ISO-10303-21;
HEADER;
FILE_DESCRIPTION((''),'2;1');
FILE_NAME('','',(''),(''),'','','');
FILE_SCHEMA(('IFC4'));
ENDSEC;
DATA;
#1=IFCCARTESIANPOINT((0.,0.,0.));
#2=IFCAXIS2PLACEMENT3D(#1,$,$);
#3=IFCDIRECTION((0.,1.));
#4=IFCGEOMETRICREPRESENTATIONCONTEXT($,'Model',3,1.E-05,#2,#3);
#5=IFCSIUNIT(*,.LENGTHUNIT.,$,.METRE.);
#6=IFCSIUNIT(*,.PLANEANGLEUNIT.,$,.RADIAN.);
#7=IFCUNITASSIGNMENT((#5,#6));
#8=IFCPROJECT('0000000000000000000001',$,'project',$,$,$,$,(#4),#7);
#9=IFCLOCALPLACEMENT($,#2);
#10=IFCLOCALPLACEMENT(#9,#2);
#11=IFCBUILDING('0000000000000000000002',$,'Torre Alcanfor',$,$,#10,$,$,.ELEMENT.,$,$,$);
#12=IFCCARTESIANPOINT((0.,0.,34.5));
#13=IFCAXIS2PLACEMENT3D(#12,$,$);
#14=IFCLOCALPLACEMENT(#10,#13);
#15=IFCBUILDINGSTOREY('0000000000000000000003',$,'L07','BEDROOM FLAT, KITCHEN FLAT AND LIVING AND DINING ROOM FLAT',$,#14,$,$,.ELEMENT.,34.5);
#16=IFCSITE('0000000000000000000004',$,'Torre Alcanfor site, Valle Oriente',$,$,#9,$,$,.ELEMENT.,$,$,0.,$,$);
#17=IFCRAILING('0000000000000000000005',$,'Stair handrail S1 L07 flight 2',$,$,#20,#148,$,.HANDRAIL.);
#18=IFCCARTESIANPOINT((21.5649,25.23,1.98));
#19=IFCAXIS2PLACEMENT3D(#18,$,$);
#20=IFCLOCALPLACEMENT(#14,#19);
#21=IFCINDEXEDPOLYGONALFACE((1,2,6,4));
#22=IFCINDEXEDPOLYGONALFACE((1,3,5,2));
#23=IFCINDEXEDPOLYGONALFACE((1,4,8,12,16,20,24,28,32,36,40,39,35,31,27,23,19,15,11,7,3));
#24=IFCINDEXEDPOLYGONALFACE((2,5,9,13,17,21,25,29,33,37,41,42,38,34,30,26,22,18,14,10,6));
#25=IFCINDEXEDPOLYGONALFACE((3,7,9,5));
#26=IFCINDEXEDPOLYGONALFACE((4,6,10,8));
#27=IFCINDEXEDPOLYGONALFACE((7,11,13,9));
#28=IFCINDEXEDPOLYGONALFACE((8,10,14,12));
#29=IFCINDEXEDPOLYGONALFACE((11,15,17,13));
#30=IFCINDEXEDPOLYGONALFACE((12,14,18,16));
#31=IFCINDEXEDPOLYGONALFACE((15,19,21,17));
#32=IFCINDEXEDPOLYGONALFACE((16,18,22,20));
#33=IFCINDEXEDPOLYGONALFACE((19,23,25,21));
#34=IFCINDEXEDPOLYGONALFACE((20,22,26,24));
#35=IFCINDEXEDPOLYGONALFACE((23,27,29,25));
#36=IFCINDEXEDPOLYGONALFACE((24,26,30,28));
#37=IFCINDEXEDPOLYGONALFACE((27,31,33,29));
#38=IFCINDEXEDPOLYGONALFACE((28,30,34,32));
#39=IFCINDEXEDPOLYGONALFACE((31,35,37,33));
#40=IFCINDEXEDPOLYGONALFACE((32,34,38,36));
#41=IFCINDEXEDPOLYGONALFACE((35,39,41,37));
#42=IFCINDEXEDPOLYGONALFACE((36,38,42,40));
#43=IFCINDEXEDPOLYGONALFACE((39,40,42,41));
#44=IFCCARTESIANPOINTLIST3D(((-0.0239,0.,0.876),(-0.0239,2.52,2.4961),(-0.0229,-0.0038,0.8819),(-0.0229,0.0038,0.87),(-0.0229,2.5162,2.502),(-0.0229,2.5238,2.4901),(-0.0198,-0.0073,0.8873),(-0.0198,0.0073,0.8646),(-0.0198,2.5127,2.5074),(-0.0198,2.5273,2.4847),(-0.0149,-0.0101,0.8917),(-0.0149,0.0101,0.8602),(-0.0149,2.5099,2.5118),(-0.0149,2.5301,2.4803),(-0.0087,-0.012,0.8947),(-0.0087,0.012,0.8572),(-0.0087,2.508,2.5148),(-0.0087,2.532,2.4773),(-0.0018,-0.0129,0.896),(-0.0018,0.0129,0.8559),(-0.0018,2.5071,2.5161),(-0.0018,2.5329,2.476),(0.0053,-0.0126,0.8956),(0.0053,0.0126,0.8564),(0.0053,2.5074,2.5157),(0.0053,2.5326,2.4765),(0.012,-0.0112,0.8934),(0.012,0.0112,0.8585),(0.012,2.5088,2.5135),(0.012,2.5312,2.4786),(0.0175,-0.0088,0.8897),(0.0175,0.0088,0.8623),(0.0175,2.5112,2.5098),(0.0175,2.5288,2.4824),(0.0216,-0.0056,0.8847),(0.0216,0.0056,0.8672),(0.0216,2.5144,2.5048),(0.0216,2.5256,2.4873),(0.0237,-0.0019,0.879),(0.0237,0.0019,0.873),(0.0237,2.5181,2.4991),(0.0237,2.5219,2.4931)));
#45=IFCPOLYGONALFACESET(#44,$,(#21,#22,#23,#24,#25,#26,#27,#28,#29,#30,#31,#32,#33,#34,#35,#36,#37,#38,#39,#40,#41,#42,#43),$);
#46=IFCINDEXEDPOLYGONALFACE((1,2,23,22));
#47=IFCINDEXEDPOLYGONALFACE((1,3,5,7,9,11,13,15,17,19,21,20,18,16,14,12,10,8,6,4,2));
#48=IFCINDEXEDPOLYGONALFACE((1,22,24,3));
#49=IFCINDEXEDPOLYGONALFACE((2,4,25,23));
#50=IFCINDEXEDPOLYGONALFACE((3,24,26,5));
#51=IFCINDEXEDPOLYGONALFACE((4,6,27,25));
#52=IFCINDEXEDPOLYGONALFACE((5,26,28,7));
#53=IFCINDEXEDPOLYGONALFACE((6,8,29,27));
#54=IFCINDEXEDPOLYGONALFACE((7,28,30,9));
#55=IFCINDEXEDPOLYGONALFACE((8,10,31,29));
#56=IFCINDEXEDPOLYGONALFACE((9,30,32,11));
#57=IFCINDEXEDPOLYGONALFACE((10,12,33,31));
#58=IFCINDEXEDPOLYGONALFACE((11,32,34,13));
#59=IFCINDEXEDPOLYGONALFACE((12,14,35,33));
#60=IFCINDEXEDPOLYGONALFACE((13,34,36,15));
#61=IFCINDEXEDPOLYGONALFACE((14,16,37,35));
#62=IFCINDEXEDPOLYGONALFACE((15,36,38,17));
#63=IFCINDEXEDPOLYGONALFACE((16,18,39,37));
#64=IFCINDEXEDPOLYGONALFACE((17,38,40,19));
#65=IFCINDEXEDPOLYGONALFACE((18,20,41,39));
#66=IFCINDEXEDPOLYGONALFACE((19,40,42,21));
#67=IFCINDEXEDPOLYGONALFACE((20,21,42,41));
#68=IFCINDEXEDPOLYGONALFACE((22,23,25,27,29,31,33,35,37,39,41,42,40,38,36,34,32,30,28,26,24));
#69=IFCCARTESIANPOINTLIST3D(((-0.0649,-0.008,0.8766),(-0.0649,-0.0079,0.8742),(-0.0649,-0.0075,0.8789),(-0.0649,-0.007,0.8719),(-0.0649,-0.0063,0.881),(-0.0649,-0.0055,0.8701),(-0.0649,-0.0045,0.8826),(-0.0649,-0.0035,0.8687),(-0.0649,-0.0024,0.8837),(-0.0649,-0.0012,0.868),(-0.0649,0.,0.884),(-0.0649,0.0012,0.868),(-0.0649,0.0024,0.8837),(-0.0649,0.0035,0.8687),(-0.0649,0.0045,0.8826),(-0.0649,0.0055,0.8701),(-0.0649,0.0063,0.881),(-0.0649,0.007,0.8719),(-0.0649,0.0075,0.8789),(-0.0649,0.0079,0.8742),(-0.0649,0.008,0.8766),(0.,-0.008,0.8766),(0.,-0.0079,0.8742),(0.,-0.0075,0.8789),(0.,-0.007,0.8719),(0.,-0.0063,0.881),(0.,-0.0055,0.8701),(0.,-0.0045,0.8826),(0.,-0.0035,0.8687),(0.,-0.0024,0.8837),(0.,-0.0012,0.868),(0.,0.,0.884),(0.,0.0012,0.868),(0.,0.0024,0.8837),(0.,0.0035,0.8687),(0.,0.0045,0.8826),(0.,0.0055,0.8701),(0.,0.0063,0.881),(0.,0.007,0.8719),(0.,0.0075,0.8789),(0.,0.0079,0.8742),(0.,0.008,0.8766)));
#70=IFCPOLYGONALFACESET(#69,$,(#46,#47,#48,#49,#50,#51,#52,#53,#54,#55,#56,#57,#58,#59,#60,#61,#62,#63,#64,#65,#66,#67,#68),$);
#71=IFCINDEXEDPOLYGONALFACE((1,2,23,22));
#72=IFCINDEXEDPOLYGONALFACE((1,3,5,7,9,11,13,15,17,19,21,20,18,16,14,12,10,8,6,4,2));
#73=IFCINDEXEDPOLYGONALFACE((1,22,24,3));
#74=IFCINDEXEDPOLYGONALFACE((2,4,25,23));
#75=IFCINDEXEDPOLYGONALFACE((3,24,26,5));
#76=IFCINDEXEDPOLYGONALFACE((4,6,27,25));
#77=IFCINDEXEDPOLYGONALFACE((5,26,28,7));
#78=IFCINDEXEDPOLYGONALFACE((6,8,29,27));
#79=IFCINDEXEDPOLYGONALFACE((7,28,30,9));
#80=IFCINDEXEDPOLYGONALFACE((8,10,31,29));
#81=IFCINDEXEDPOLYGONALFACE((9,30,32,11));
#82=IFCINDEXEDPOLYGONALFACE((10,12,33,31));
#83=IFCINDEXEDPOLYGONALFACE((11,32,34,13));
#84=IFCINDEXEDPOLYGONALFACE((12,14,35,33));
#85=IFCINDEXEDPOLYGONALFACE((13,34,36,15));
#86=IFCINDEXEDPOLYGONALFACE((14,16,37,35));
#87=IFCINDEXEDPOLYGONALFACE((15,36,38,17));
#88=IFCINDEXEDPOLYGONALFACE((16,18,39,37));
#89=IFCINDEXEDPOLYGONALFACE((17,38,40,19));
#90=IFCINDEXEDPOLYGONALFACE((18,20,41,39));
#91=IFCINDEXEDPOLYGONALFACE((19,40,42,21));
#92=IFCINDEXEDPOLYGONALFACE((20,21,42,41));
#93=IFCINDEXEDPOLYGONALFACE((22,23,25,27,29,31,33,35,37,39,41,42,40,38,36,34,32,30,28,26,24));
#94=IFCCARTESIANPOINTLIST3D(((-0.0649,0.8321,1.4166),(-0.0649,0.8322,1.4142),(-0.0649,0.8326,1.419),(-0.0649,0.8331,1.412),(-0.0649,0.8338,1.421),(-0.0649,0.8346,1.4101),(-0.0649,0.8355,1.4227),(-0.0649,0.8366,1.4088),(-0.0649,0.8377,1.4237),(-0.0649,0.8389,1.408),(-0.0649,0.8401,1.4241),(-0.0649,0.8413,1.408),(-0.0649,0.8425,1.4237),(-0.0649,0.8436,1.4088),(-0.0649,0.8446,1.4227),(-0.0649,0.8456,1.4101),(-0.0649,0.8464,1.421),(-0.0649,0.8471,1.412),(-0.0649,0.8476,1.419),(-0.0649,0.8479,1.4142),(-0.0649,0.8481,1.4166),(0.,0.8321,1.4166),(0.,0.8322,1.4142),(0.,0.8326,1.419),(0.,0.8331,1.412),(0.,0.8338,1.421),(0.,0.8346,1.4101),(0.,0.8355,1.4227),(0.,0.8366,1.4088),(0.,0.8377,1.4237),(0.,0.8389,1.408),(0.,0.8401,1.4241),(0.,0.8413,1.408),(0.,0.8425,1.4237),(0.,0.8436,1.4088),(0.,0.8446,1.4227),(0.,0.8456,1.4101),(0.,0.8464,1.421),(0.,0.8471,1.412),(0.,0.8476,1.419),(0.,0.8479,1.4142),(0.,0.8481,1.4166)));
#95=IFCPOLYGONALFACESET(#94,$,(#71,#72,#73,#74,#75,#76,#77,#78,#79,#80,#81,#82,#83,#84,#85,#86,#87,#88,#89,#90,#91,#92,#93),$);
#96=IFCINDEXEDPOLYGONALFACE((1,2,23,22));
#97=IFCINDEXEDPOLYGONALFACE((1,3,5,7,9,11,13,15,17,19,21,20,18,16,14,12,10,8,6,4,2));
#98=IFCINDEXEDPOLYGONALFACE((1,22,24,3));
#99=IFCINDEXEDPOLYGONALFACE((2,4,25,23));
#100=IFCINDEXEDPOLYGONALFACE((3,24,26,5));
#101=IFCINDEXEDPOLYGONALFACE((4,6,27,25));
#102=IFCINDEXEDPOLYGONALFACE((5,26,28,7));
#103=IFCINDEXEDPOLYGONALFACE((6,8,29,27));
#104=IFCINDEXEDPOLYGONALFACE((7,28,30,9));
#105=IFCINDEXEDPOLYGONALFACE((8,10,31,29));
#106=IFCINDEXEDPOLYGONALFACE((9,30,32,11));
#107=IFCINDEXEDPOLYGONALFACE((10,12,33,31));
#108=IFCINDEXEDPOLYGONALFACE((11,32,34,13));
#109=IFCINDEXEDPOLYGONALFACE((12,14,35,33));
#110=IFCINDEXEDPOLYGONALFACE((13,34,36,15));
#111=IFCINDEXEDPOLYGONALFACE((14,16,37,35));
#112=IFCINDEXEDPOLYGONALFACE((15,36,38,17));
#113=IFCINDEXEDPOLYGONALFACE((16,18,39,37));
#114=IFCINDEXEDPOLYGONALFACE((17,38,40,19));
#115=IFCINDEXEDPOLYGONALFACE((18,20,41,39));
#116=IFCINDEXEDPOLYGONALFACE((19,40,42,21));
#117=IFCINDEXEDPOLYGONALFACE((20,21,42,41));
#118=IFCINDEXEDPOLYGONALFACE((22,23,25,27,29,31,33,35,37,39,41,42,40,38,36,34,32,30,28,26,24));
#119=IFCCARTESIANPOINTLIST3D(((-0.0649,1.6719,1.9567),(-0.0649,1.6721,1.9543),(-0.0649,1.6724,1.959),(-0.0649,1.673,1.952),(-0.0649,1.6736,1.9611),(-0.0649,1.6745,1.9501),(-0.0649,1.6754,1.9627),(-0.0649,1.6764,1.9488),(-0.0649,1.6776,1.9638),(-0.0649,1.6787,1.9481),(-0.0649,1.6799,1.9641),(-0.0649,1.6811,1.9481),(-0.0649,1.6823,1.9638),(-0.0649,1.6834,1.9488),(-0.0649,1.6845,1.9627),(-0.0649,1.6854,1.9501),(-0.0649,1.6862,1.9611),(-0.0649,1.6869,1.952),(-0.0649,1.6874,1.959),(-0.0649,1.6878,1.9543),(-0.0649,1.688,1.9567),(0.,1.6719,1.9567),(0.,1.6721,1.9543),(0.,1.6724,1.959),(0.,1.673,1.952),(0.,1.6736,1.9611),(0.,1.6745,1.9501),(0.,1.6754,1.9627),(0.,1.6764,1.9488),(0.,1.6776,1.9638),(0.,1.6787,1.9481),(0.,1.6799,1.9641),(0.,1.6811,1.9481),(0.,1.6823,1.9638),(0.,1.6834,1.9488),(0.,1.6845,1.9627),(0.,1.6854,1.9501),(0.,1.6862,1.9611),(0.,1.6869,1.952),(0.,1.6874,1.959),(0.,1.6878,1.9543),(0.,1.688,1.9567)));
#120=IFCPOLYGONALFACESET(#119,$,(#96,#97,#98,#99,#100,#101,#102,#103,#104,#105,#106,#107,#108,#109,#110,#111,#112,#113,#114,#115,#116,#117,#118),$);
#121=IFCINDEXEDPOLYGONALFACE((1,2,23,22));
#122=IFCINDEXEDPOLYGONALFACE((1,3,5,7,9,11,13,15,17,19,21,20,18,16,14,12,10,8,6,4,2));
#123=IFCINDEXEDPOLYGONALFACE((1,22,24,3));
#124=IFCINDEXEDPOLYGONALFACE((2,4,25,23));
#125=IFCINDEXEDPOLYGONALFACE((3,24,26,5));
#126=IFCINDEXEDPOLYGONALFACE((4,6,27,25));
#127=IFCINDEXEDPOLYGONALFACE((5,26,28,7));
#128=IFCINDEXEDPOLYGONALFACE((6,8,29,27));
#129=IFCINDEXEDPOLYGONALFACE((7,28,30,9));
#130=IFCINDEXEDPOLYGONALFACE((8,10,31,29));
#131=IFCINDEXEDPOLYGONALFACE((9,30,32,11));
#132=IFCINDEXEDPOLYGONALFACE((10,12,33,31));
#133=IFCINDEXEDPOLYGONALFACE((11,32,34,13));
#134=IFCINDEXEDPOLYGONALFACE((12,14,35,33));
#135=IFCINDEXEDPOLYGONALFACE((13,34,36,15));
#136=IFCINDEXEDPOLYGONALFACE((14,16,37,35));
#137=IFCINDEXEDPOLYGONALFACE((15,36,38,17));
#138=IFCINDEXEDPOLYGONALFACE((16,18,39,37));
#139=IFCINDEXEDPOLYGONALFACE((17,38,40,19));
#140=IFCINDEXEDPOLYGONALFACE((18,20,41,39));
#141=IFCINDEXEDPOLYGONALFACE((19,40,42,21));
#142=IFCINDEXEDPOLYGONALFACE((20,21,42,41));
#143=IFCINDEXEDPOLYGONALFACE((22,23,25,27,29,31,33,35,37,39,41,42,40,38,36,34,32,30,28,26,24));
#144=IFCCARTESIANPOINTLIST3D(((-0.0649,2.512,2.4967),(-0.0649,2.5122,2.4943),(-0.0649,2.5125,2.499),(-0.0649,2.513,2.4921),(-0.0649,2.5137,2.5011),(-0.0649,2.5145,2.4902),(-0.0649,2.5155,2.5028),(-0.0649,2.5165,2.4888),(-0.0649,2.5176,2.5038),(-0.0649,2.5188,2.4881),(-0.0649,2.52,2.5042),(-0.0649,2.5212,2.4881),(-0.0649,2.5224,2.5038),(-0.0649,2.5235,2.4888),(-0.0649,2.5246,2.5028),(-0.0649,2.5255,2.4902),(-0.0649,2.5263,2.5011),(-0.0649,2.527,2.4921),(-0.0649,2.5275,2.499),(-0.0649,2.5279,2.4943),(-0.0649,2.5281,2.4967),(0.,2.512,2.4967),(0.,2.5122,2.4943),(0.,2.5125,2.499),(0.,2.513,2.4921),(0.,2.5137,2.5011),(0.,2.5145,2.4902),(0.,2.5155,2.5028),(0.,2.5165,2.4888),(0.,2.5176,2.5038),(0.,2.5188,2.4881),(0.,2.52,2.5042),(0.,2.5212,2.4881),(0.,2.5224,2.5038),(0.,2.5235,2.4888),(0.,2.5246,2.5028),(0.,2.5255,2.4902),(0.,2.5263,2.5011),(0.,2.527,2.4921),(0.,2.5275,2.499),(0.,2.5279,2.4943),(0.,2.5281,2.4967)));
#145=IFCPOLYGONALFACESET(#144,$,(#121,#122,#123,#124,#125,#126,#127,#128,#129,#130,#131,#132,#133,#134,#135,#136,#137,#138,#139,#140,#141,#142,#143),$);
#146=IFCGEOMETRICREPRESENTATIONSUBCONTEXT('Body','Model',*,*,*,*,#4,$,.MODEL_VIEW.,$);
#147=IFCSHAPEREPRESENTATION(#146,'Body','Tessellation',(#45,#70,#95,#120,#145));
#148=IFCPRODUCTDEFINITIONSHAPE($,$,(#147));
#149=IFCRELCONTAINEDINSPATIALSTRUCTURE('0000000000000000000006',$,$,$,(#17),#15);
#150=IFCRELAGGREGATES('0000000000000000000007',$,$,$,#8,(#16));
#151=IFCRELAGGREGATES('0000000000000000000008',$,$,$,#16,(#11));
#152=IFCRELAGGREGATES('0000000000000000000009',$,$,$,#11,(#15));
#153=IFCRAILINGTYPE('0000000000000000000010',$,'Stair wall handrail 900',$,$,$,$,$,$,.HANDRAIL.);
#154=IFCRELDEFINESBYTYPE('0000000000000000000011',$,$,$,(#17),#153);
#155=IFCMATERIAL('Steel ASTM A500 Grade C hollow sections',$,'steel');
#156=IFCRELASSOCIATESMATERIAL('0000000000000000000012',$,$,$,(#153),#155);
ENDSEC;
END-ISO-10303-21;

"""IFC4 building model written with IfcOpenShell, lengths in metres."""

from ifc_helpers import new_model, si_unit, direction, frame, origin, origin_2d, place, context, subcontext, project, spatial, circle, extrude, material, type_object, element, save


model = new_model("IFC4")

# Units and contexts
model_context = context("Model", 3, precision=1e-05, world=origin(), true_north=direction((0.0, 1.0)))
body_context = subcontext(model_context, "Body", "Model", "MODEL_VIEW")
ifc_project = project(units=[si_unit("LENGTHUNIT", "METRE"), si_unit("PLANEANGLEUNIT", "RADIAN")], contexts=[model_context])

# Site, building, storey
site_placement = place(None, origin())
site = spatial("IfcSite", under=ifc_project, at=site_placement, Name="Torre Alcanfor site, Valle Oriente", CompositionType="ELEMENT", RefElevation=0.0)
building_placement = place(site_placement, origin())
building = spatial("IfcBuilding", under=site, at=building_placement, Name="Torre Alcanfor", CompositionType="ELEMENT")
storey_placement = place(building_placement, frame((0.0, 0.0, 34.5)))
storey = spatial("IfcBuildingStorey", under=building, at=storey_placement, Name="L07", Description="BEDROOM FLAT, KITCHEN FLAT AND LIVING AND DINING ROOM FLAT", CompositionType="ELEMENT", Elevation=34.5)

# Railing
ifc_material_1 = material(Name="Steel ASTM A500 Grade C hollow sections", Category="steel")
railing_type_1 = type_object("IfcRailingType", Name="Stair wall handrail 900", PredefinedType="HANDRAIL", material=ifc_material_1)
railing_1_placement = place(storey_placement, frame((21.5649, 25.23, 1.98)))
element("IfcRailing", 1, at=railing_1_placement, inside=storey, type_object=railing_type_1, Name="Stair handrail S1 L07 flight 2", PredefinedType="HANDRAIL", context=body_context, shape_type="SweptSolid", body=[
    extrude(circle(Radius=0.0239, at=origin_2d()), frame((0.0, 0.0, 0.876), z_axis=(0.0, 0.841163, 0.540782), x_axis=(-1.0, 0.0, 0.0)), (0.0, 0.0, 1.0), 2.9958),
    extrude(circle(Radius=0.0081, at=origin_2d()), frame((0.0, 0.0, 0.876), z_axis=(-1.0, 0.0, 0.0), x_axis=(0.0, 0.0, 1.0)), (0.0, 0.0, 1.0), 0.0649),
    extrude(circle(Radius=0.0081, at=origin_2d()), frame((0.0, 0.8401, 1.416), z_axis=(-1.0, 0.0, 0.0), x_axis=(0.0, 0.0, 1.0)), (0.0, 0.0, 1.0), 0.0649),
    extrude(circle(Radius=0.0081, at=origin_2d()), frame((0.0, 1.6799, 1.9561), z_axis=(-1.0, 0.0, 0.0), x_axis=(0.0, 0.0, 1.0)), (0.0, 0.0, 1.0), 0.0649),
    extrude(circle(Radius=0.0081, at=origin_2d()), frame((0.0, 2.52, 2.4961), z_axis=(-1.0, 0.0, 0.0), x_axis=(0.0, 0.0, 1.0)), (0.0, 0.0, 1.0), 0.0649),
])

save(model, "model.ifc")
